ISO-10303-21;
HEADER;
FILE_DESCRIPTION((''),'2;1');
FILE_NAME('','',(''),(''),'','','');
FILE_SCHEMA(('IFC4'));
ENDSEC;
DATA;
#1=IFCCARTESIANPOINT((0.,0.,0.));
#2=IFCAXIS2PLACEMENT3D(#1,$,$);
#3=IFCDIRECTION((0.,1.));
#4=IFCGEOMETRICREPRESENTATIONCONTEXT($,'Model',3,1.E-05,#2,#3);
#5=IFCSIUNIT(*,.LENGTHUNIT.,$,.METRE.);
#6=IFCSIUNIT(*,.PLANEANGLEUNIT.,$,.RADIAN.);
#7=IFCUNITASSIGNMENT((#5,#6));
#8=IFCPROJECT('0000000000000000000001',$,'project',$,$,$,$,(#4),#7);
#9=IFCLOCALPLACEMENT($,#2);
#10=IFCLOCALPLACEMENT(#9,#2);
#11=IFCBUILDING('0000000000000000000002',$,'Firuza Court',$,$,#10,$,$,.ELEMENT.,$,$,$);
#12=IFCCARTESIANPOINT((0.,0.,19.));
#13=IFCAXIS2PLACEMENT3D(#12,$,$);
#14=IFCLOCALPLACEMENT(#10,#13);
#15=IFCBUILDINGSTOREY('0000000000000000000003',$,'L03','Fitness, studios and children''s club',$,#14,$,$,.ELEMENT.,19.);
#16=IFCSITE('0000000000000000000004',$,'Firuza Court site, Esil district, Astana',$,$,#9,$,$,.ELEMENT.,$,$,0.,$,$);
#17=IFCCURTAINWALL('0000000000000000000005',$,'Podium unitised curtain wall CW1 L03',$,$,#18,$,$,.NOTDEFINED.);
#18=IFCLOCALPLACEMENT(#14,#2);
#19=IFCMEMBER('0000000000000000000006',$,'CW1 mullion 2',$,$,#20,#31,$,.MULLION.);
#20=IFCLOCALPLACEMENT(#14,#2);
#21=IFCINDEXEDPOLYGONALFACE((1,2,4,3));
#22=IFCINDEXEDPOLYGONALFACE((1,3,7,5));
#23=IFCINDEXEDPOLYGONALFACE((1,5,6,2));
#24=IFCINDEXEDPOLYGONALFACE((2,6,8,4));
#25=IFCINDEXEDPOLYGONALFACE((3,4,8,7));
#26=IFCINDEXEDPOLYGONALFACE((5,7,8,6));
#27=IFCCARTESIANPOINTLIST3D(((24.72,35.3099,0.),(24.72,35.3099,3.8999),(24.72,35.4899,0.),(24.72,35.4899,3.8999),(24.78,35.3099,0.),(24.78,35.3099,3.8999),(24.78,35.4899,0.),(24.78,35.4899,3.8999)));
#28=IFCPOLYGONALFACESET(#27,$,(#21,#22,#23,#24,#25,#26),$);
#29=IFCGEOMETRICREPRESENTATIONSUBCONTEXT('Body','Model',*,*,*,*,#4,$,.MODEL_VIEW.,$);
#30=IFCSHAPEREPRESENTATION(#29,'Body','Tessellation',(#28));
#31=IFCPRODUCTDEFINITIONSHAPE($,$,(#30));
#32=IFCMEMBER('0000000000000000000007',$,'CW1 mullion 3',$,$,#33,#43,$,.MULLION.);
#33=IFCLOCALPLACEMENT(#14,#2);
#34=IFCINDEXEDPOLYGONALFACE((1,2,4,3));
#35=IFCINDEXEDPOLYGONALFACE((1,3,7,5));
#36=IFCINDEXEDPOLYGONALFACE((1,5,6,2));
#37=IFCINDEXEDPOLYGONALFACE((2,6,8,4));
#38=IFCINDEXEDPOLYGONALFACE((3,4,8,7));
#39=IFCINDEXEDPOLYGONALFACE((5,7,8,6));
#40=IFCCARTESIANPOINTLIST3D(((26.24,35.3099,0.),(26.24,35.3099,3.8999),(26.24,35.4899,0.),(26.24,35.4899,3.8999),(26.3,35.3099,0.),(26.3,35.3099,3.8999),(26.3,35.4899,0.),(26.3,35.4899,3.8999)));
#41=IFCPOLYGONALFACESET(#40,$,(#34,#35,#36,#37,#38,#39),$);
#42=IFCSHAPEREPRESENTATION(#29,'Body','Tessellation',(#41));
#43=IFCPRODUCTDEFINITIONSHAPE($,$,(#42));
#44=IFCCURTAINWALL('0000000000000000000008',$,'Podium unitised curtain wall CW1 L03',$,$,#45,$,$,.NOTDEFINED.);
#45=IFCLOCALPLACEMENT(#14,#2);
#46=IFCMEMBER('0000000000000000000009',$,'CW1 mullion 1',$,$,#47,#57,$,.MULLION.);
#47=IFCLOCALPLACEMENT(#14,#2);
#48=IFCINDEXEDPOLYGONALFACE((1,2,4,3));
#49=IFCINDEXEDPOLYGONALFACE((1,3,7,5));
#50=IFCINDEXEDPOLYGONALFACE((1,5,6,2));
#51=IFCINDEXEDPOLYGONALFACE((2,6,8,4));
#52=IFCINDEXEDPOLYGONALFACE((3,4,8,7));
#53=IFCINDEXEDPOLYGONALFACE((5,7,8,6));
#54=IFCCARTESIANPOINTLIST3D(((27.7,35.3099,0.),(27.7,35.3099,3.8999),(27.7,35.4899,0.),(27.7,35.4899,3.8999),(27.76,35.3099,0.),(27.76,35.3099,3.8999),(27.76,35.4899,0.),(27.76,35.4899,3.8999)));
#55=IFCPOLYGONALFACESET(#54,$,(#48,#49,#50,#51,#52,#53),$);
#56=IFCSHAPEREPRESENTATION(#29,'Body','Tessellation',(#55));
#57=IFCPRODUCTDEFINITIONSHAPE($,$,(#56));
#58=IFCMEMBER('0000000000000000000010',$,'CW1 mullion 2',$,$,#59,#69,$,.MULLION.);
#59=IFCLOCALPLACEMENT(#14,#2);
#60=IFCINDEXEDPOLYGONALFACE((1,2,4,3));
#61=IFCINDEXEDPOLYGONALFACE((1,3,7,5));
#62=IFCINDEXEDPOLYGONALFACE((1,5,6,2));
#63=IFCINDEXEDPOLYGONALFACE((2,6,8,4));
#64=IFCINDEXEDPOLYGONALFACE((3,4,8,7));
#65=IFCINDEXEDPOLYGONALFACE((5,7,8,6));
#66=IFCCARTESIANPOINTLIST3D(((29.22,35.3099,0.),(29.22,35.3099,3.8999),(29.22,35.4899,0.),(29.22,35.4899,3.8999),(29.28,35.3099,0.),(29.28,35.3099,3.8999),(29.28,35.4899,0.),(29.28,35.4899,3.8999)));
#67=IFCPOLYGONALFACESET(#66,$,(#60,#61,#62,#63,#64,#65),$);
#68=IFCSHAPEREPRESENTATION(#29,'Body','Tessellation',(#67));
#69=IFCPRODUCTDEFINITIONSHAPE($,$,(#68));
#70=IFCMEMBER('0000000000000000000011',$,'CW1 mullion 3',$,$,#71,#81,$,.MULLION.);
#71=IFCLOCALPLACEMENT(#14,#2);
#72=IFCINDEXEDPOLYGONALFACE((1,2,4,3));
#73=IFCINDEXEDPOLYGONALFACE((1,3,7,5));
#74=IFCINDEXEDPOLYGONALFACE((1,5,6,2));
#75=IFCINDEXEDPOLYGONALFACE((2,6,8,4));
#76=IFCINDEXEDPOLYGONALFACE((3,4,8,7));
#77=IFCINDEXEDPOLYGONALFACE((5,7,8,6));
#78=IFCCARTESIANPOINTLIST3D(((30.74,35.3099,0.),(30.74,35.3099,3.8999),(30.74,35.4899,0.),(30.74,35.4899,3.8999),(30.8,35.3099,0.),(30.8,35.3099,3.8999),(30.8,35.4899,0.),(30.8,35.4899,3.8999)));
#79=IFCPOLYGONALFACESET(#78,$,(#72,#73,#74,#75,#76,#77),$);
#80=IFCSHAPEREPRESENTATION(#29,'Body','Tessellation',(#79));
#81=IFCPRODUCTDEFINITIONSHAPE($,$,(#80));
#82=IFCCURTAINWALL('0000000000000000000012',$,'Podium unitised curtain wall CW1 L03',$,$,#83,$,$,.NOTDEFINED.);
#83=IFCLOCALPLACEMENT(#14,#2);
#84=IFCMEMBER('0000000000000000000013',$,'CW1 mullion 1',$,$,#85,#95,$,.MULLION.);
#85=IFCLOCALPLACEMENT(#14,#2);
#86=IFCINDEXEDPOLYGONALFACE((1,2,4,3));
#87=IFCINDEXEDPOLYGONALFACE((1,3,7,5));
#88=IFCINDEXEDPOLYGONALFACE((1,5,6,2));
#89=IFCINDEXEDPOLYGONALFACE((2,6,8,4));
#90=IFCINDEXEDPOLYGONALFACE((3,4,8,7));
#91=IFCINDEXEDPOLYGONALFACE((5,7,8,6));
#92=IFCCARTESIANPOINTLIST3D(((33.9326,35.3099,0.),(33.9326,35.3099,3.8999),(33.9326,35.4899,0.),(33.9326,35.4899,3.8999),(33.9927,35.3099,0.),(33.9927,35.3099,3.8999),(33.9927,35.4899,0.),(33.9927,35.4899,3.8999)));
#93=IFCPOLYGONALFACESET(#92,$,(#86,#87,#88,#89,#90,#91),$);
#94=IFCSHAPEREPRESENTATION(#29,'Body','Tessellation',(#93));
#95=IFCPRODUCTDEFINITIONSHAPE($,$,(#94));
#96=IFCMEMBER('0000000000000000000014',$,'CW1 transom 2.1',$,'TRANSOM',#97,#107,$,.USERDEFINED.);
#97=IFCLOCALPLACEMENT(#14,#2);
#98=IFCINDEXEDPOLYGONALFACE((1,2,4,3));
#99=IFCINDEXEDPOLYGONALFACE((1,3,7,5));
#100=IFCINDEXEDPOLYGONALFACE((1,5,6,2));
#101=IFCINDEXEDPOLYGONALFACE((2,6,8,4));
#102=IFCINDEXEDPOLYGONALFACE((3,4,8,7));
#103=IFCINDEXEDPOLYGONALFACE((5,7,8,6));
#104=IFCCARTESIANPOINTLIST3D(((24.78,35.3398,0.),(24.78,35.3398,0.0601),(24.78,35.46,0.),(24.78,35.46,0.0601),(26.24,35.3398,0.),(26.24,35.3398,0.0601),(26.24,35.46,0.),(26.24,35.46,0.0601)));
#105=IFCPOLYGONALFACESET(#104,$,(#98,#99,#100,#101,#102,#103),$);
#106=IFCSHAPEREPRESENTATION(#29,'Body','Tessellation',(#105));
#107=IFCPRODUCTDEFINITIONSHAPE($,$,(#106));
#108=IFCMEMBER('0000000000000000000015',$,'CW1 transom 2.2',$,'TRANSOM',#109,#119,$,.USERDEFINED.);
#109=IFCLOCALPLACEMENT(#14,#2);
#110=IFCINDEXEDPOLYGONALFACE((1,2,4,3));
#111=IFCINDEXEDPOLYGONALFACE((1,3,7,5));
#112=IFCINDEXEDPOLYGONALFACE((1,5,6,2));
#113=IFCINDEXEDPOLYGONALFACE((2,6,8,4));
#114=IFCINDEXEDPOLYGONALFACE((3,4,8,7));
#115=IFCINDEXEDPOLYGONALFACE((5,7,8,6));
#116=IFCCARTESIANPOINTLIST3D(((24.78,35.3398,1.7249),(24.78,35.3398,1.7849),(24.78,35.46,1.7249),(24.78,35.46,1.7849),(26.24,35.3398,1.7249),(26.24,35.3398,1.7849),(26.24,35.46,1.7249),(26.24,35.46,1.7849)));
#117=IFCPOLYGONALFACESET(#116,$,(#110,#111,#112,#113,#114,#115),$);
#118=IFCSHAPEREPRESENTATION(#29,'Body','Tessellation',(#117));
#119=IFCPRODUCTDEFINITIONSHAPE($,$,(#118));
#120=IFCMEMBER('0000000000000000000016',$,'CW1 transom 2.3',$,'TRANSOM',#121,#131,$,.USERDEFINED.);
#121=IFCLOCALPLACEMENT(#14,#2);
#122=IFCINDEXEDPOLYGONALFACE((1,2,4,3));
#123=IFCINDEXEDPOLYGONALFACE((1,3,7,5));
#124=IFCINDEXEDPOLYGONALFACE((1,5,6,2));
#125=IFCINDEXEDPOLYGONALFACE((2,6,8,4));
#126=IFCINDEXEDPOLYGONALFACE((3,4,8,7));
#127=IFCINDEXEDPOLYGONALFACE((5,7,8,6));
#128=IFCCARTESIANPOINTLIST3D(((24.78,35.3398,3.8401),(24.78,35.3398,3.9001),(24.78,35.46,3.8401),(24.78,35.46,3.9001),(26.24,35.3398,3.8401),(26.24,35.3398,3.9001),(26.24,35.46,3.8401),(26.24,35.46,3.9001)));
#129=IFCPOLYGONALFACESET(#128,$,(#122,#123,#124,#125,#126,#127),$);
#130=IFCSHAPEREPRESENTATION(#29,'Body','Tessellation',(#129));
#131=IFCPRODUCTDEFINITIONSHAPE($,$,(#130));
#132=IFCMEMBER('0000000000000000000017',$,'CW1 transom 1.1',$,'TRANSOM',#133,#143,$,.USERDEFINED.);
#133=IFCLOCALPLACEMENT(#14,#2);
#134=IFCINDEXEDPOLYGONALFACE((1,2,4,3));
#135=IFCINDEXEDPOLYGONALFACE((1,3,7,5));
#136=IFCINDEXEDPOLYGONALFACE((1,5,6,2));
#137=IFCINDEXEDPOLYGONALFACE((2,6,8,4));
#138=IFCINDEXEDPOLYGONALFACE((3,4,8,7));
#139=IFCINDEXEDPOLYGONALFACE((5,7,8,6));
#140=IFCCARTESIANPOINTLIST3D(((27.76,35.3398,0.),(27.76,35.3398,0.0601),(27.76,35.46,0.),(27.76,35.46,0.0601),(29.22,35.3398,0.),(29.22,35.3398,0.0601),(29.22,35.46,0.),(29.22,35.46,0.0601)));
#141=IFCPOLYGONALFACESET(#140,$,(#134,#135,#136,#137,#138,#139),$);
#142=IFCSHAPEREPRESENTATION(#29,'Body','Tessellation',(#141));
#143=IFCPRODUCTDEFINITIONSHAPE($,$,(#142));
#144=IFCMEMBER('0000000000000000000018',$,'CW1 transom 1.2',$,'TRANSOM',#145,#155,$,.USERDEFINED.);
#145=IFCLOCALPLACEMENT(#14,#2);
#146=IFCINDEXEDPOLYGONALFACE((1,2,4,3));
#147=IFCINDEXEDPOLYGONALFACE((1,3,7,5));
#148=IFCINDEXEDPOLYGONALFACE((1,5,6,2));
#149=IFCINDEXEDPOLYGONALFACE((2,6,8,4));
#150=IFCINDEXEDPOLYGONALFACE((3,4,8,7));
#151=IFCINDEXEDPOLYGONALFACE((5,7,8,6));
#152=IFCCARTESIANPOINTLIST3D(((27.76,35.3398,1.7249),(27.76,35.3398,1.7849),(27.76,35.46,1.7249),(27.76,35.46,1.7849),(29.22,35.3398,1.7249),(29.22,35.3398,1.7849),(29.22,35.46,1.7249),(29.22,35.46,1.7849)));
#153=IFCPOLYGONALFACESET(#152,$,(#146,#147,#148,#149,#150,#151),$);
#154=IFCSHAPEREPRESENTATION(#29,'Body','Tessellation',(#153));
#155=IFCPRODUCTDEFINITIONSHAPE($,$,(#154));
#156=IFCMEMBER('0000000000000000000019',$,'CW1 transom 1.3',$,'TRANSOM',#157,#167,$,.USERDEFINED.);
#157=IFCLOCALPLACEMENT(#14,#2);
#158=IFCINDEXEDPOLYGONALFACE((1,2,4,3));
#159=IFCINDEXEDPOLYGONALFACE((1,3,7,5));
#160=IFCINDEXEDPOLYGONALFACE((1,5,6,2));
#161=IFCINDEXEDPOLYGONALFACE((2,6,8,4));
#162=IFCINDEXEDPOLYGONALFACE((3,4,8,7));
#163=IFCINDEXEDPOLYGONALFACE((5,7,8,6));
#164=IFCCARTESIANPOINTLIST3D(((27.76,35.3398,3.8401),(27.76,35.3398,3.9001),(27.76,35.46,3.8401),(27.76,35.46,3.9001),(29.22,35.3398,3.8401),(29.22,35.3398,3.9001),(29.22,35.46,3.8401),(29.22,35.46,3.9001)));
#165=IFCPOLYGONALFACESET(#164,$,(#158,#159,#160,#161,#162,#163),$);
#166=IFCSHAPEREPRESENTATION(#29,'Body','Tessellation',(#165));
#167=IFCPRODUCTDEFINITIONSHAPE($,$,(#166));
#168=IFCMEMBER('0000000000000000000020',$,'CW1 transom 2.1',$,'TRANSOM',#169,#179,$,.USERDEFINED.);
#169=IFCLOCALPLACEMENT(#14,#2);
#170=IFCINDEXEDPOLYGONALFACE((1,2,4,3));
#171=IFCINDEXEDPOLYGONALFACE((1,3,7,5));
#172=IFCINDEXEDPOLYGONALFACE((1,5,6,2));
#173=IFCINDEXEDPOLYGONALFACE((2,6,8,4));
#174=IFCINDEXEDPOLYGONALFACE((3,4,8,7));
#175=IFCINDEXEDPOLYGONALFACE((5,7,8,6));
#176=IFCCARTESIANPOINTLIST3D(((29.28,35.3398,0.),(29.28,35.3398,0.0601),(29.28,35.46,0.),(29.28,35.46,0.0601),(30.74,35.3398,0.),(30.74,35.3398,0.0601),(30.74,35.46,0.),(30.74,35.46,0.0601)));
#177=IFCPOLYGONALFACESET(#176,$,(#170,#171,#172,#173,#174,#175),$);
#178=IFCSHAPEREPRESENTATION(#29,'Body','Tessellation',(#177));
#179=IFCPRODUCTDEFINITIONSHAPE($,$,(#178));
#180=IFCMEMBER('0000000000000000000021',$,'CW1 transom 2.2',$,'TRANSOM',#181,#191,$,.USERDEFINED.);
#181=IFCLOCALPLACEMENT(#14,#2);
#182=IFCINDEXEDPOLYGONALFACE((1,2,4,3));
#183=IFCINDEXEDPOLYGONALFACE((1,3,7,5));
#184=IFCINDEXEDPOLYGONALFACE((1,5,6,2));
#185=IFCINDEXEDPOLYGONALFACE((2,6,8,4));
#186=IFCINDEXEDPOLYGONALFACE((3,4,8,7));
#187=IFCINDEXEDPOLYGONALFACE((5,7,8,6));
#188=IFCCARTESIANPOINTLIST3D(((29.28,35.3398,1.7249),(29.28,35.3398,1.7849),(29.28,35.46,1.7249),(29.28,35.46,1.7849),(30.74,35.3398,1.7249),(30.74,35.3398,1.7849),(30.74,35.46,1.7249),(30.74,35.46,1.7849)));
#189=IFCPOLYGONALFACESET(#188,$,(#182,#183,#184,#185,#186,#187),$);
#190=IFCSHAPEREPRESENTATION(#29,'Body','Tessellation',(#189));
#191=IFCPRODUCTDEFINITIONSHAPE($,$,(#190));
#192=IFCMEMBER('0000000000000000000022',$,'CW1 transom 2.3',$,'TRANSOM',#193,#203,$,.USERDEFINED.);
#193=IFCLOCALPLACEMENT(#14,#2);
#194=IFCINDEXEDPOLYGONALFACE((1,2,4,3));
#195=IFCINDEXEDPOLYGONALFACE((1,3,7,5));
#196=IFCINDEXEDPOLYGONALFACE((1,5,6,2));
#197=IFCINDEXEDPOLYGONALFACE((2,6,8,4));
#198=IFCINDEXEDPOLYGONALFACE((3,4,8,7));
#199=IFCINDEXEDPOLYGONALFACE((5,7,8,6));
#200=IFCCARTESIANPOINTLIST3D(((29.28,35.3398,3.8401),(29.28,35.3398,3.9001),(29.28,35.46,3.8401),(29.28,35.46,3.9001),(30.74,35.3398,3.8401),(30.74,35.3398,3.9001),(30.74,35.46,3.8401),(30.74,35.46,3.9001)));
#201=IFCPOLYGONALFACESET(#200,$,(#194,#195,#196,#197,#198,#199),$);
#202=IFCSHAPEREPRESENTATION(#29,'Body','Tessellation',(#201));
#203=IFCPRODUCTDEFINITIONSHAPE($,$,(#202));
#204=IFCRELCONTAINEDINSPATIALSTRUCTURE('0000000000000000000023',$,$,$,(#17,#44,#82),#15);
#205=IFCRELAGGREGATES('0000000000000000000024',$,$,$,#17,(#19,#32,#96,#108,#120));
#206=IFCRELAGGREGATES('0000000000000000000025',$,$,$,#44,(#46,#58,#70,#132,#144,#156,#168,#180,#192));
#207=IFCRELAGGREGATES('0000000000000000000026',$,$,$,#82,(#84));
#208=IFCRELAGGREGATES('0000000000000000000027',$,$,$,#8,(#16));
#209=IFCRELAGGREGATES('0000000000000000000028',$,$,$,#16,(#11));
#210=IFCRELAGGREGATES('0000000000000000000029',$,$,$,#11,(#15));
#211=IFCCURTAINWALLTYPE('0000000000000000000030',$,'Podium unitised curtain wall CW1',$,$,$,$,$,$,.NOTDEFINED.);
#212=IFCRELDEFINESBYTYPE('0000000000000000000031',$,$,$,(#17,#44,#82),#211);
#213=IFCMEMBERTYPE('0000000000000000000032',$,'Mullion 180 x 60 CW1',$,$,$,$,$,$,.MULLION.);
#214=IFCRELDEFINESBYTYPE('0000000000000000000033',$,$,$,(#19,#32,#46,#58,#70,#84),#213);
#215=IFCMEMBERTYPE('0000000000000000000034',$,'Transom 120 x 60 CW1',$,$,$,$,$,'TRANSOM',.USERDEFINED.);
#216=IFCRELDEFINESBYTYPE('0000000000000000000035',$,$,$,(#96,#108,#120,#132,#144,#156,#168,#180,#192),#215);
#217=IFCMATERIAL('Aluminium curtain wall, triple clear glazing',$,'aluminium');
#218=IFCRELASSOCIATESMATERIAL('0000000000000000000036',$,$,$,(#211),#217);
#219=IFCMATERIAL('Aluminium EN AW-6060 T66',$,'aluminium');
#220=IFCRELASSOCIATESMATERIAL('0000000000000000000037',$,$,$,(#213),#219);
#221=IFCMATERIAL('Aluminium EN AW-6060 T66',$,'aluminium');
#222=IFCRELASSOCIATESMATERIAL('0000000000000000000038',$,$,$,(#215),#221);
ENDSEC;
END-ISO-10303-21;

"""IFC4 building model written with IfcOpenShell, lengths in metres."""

from ifc_helpers import new_model, si_unit, direction, frame, origin, origin_2d, place, context, subcontext, project, spatial, rectangle, extrude, material, material_profile, profile_set, type_object, element, aggregate, save


model = new_model("IFC4")

# Units and contexts
model_context = context("Model", 3, precision=1e-05, world=origin(), true_north=direction((0.0, 1.0)))
body_context = subcontext(model_context, "Body", "Model", "MODEL_VIEW")
ifc_project = project(units=[si_unit("LENGTHUNIT", "METRE"), si_unit("PLANEANGLEUNIT", "RADIAN")], contexts=[model_context])

# Site, building, storey
site_placement = place(None, origin())
site = spatial("IfcSite", under=ifc_project, at=site_placement, Name="Firuza Court site, Esil district, Astana", CompositionType="ELEMENT", RefElevation=0.0)
building_placement = place(site_placement, origin())
building = spatial("IfcBuilding", under=site, at=building_placement, Name="Firuza Court", CompositionType="ELEMENT")
storey_placement = place(building_placement, frame((0.0, 0.0, 19.0)))
storey = spatial("IfcBuildingStorey", under=building, at=storey_placement, Name="L03", Description="Fitness, studios and children's club", CompositionType="ELEMENT", Elevation=19.0)

# Curtain walls, members
ifc_material_1 = material(Name="Aluminium curtain wall, triple clear glazing", Category="aluminium")
curtain_wall_type = type_object("IfcCurtainWallType", Name="Podium unitised curtain wall CW1", PredefinedType="NOTDEFINED", material=ifc_material_1)
curtain_wall_1_placement = place(storey_placement, origin())
curtain_wall_1 = element("IfcCurtainWall", 1, at=curtain_wall_1_placement, inside=storey, type_object=curtain_wall_type, Name="Podium unitised curtain wall CW1 L03", PredefinedType="NOTDEFINED")
ifc_material_2 = material(Name="Aluminium EN AW-6060 T66", Category="aluminium")
ifc_material_profile_1 = material_profile(ifc_material_2, rectangle(XDim=0.1799, YDim=0.0601, at=origin_2d()), Name="Mullion 180 x 60 CW1")
ifc_profile_set_1 = profile_set([ifc_material_profile_1], Name="Aluminium EN AW-6060 T66")
member_type_1 = type_object("IfcMemberType", Name="Mullion 180 x 60 CW1", PredefinedType="MULLION", material=ifc_profile_set_1)
member_1_placement = place(storey_placement, frame((24.75, 35.3999, 0.0), z_axis=(0.0, 0.0, 1.0), x_axis=(0.0, 1.0, 0.0)))
member_1 = element("IfcMember", 2, at=member_1_placement, type_object=member_type_1, Name="CW1 mullion 2", PredefinedType="MULLION", context=body_context, shape_type="SweptSolid", body=[
    extrude(rectangle(XDim=0.1799, YDim=0.0601, at=origin_2d()), origin(), (0.0, 0.0, 1.0), 3.8999),
])
member_2_placement = place(storey_placement, frame((26.27, 35.3999, 0.0), z_axis=(0.0, 0.0, 1.0), x_axis=(0.0, 1.0, 0.0)))
member_2 = element("IfcMember", 3, at=member_2_placement, type_object=member_type_1, Name="CW1 mullion 3", PredefinedType="MULLION", context=body_context, shape_type="SweptSolid", body=[
    extrude(rectangle(XDim=0.1799, YDim=0.0601, at=origin_2d()), origin(), (0.0, 0.0, 1.0), 3.8999),
])
curtain_wall_2_placement = place(storey_placement, origin())
curtain_wall_2 = element("IfcCurtainWall", 4, at=curtain_wall_2_placement, inside=storey, type_object=curtain_wall_type, Name="Podium unitised curtain wall CW1 L03", PredefinedType="NOTDEFINED")
member_3_placement = place(storey_placement, frame((27.73, 35.3999, 0.0), z_axis=(0.0, 0.0, 1.0), x_axis=(0.0, 1.0, 0.0)))
member_3 = element("IfcMember", 5, at=member_3_placement, type_object=member_type_1, Name="CW1 mullion 1", PredefinedType="MULLION", context=body_context, shape_type="SweptSolid", body=[
    extrude(rectangle(XDim=0.1799, YDim=0.0601, at=origin_2d()), origin(), (0.0, 0.0, 1.0), 3.8999),
])
member_4_placement = place(storey_placement, frame((29.25, 35.3999, 0.0), z_axis=(0.0, 0.0, 1.0), x_axis=(0.0, 1.0, 0.0)))
member_4 = element("IfcMember", 6, at=member_4_placement, type_object=member_type_1, Name="CW1 mullion 2", PredefinedType="MULLION", context=body_context, shape_type="SweptSolid", body=[
    extrude(rectangle(XDim=0.1799, YDim=0.0601, at=origin_2d()), origin(), (0.0, 0.0, 1.0), 3.8999),
])
member_5_placement = place(storey_placement, frame((30.77, 35.3999, 0.0), z_axis=(0.0, 0.0, 1.0), x_axis=(0.0, 1.0, 0.0)))
member_5 = element("IfcMember", 7, at=member_5_placement, type_object=member_type_1, Name="CW1 mullion 3", PredefinedType="MULLION", context=body_context, shape_type="SweptSolid", body=[
    extrude(rectangle(XDim=0.1799, YDim=0.0601, at=origin_2d()), origin(), (0.0, 0.0, 1.0), 3.8999),
])

# Curtain wall, member
curtain_wall_3_placement = place(storey_placement, origin())
curtain_wall_3 = element("IfcCurtainWall", 8, at=curtain_wall_3_placement, inside=storey, type_object=curtain_wall_type, Name="Podium unitised curtain wall CW1 L03", PredefinedType="NOTDEFINED")
member_6_placement = place(storey_placement, frame((33.9626, 35.3999, 0.0), z_axis=(0.0, 0.0, 1.0), x_axis=(0.0, 1.0, 0.0)))
member_6 = element("IfcMember", 9, at=member_6_placement, type_object=member_type_1, Name="CW1 mullion 1", PredefinedType="MULLION", context=body_context, shape_type="SweptSolid", body=[
    extrude(rectangle(XDim=0.1799, YDim=0.0601, at=origin_2d()), origin(), (0.0, 0.0, 1.0), 3.8999),
])

# Members
ifc_material_3 = material(Name="Aluminium EN AW-6060 T66", Category="aluminium")
ifc_material_profile_2 = material_profile(ifc_material_3, rectangle(XDim=0.1201, YDim=0.0601, at=origin_2d()), Name="Transom 120 x 60 CW1")
ifc_profile_set_2 = profile_set([ifc_material_profile_2], Name="Aluminium EN AW-6060 T66")
member_type_2 = type_object("IfcMemberType", Name="Transom 120 x 60 CW1", ElementType="TRANSOM", PredefinedType="USERDEFINED", material=ifc_profile_set_2)
member_7_placement = place(storey_placement, frame((24.78, 35.3999, 0.03), z_axis=(1.0, 0.0, 0.0), x_axis=(0.0, 1.0, 0.0)))
member_7 = element("IfcMember", 10, at=member_7_placement, type_object=member_type_2, Name="CW1 transom 2.1", ObjectType="TRANSOM", PredefinedType="USERDEFINED", context=body_context, shape_type="SweptSolid", body=[
    extrude(rectangle(XDim=0.1201, YDim=0.0601, at=origin_2d()), origin(), (0.0, 0.0, 1.0), 1.46),
])
member_8_placement = place(storey_placement, frame((24.78, 35.3999, 1.7549), z_axis=(1.0, 0.0, 0.0), x_axis=(0.0, 1.0, 0.0)))
member_8 = element("IfcMember", 11, at=member_8_placement, type_object=member_type_2, Name="CW1 transom 2.2", ObjectType="TRANSOM", PredefinedType="USERDEFINED", context=body_context, shape_type="SweptSolid", body=[
    extrude(rectangle(XDim=0.1201, YDim=0.0601, at=origin_2d()), origin(), (0.0, 0.0, 1.0), 1.46),
])
member_9_placement = place(storey_placement, frame((24.78, 35.3999, 3.8701), z_axis=(1.0, 0.0, 0.0), x_axis=(0.0, 1.0, 0.0)))
member_9 = element("IfcMember", 12, at=member_9_placement, type_object=member_type_2, Name="CW1 transom 2.3", ObjectType="TRANSOM", PredefinedType="USERDEFINED", context=body_context, shape_type="SweptSolid", body=[
    extrude(rectangle(XDim=0.1201, YDim=0.0601, at=origin_2d()), origin(), (0.0, 0.0, 1.0), 1.46),
])
member_10_placement = place(storey_placement, frame((27.76, 35.3999, 0.03), z_axis=(1.0, 0.0, 0.0), x_axis=(0.0, 1.0, 0.0)))
member_10 = element("IfcMember", 13, at=member_10_placement, type_object=member_type_2, Name="CW1 transom 1.1", ObjectType="TRANSOM", PredefinedType="USERDEFINED", context=body_context, shape_type="SweptSolid", body=[
    extrude(rectangle(XDim=0.1201, YDim=0.0601, at=origin_2d()), origin(), (0.0, 0.0, 1.0), 1.46),
])
member_11_placement = place(storey_placement, frame((27.76, 35.3999, 1.7549), z_axis=(1.0, 0.0, 0.0), x_axis=(0.0, 1.0, 0.0)))
member_11 = element("IfcMember", 14, at=member_11_placement, type_object=member_type_2, Name="CW1 transom 1.2", ObjectType="TRANSOM", PredefinedType="USERDEFINED", context=body_context, shape_type="SweptSolid", body=[
    extrude(rectangle(XDim=0.1201, YDim=0.0601, at=origin_2d()), origin(), (0.0, 0.0, 1.0), 1.46),
])
member_12_placement = place(storey_placement, frame((27.76, 35.3999, 3.8701), z_axis=(1.0, 0.0, 0.0), x_axis=(0.0, 1.0, 0.0)))
member_12 = element("IfcMember", 15, at=member_12_placement, type_object=member_type_2, Name="CW1 transom 1.3", ObjectType="TRANSOM", PredefinedType="USERDEFINED", context=body_context, shape_type="SweptSolid", body=[
    extrude(rectangle(XDim=0.1201, YDim=0.0601, at=origin_2d()), origin(), (0.0, 0.0, 1.0), 1.46),
])
member_13_placement = place(storey_placement, frame((29.28, 35.3999, 0.03), z_axis=(1.0, 0.0, 0.0), x_axis=(0.0, 1.0, 0.0)))
member_13 = element("IfcMember", 16, at=member_13_placement, type_object=member_type_2, Name="CW1 transom 2.1", ObjectType="TRANSOM", PredefinedType="USERDEFINED", context=body_context, shape_type="SweptSolid", body=[
    extrude(rectangle(XDim=0.1201, YDim=0.0601, at=origin_2d()), origin(), (0.0, 0.0, 1.0), 1.46),
])
member_14_placement = place(storey_placement, frame((29.28, 35.3999, 1.7549), z_axis=(1.0, 0.0, 0.0), x_axis=(0.0, 1.0, 0.0)))
member_14 = element("IfcMember", 17, at=member_14_placement, type_object=member_type_2, Name="CW1 transom 2.2", ObjectType="TRANSOM", PredefinedType="USERDEFINED", context=body_context, shape_type="SweptSolid", body=[
    extrude(rectangle(XDim=0.1201, YDim=0.0601, at=origin_2d()), origin(), (0.0, 0.0, 1.0), 1.46),
])
member_15_placement = place(storey_placement, frame((29.28, 35.3999, 3.8701), z_axis=(1.0, 0.0, 0.0), x_axis=(0.0, 1.0, 0.0)))
member_15 = element("IfcMember", 18, at=member_15_placement, type_object=member_type_2, Name="CW1 transom 2.3", ObjectType="TRANSOM", PredefinedType="USERDEFINED", context=body_context, shape_type="SweptSolid", body=[
    extrude(rectangle(XDim=0.1201, YDim=0.0601, at=origin_2d()), origin(), (0.0, 0.0, 1.0), 1.46),
])

aggregate(curtain_wall_1, [member_1, member_2, member_7, member_8, member_9])
aggregate(curtain_wall_2, [member_3, member_4, member_5, member_10, member_11, member_12, member_13, member_14, member_15])
aggregate(curtain_wall_3, [member_6])

save(model, "model.ifc")
